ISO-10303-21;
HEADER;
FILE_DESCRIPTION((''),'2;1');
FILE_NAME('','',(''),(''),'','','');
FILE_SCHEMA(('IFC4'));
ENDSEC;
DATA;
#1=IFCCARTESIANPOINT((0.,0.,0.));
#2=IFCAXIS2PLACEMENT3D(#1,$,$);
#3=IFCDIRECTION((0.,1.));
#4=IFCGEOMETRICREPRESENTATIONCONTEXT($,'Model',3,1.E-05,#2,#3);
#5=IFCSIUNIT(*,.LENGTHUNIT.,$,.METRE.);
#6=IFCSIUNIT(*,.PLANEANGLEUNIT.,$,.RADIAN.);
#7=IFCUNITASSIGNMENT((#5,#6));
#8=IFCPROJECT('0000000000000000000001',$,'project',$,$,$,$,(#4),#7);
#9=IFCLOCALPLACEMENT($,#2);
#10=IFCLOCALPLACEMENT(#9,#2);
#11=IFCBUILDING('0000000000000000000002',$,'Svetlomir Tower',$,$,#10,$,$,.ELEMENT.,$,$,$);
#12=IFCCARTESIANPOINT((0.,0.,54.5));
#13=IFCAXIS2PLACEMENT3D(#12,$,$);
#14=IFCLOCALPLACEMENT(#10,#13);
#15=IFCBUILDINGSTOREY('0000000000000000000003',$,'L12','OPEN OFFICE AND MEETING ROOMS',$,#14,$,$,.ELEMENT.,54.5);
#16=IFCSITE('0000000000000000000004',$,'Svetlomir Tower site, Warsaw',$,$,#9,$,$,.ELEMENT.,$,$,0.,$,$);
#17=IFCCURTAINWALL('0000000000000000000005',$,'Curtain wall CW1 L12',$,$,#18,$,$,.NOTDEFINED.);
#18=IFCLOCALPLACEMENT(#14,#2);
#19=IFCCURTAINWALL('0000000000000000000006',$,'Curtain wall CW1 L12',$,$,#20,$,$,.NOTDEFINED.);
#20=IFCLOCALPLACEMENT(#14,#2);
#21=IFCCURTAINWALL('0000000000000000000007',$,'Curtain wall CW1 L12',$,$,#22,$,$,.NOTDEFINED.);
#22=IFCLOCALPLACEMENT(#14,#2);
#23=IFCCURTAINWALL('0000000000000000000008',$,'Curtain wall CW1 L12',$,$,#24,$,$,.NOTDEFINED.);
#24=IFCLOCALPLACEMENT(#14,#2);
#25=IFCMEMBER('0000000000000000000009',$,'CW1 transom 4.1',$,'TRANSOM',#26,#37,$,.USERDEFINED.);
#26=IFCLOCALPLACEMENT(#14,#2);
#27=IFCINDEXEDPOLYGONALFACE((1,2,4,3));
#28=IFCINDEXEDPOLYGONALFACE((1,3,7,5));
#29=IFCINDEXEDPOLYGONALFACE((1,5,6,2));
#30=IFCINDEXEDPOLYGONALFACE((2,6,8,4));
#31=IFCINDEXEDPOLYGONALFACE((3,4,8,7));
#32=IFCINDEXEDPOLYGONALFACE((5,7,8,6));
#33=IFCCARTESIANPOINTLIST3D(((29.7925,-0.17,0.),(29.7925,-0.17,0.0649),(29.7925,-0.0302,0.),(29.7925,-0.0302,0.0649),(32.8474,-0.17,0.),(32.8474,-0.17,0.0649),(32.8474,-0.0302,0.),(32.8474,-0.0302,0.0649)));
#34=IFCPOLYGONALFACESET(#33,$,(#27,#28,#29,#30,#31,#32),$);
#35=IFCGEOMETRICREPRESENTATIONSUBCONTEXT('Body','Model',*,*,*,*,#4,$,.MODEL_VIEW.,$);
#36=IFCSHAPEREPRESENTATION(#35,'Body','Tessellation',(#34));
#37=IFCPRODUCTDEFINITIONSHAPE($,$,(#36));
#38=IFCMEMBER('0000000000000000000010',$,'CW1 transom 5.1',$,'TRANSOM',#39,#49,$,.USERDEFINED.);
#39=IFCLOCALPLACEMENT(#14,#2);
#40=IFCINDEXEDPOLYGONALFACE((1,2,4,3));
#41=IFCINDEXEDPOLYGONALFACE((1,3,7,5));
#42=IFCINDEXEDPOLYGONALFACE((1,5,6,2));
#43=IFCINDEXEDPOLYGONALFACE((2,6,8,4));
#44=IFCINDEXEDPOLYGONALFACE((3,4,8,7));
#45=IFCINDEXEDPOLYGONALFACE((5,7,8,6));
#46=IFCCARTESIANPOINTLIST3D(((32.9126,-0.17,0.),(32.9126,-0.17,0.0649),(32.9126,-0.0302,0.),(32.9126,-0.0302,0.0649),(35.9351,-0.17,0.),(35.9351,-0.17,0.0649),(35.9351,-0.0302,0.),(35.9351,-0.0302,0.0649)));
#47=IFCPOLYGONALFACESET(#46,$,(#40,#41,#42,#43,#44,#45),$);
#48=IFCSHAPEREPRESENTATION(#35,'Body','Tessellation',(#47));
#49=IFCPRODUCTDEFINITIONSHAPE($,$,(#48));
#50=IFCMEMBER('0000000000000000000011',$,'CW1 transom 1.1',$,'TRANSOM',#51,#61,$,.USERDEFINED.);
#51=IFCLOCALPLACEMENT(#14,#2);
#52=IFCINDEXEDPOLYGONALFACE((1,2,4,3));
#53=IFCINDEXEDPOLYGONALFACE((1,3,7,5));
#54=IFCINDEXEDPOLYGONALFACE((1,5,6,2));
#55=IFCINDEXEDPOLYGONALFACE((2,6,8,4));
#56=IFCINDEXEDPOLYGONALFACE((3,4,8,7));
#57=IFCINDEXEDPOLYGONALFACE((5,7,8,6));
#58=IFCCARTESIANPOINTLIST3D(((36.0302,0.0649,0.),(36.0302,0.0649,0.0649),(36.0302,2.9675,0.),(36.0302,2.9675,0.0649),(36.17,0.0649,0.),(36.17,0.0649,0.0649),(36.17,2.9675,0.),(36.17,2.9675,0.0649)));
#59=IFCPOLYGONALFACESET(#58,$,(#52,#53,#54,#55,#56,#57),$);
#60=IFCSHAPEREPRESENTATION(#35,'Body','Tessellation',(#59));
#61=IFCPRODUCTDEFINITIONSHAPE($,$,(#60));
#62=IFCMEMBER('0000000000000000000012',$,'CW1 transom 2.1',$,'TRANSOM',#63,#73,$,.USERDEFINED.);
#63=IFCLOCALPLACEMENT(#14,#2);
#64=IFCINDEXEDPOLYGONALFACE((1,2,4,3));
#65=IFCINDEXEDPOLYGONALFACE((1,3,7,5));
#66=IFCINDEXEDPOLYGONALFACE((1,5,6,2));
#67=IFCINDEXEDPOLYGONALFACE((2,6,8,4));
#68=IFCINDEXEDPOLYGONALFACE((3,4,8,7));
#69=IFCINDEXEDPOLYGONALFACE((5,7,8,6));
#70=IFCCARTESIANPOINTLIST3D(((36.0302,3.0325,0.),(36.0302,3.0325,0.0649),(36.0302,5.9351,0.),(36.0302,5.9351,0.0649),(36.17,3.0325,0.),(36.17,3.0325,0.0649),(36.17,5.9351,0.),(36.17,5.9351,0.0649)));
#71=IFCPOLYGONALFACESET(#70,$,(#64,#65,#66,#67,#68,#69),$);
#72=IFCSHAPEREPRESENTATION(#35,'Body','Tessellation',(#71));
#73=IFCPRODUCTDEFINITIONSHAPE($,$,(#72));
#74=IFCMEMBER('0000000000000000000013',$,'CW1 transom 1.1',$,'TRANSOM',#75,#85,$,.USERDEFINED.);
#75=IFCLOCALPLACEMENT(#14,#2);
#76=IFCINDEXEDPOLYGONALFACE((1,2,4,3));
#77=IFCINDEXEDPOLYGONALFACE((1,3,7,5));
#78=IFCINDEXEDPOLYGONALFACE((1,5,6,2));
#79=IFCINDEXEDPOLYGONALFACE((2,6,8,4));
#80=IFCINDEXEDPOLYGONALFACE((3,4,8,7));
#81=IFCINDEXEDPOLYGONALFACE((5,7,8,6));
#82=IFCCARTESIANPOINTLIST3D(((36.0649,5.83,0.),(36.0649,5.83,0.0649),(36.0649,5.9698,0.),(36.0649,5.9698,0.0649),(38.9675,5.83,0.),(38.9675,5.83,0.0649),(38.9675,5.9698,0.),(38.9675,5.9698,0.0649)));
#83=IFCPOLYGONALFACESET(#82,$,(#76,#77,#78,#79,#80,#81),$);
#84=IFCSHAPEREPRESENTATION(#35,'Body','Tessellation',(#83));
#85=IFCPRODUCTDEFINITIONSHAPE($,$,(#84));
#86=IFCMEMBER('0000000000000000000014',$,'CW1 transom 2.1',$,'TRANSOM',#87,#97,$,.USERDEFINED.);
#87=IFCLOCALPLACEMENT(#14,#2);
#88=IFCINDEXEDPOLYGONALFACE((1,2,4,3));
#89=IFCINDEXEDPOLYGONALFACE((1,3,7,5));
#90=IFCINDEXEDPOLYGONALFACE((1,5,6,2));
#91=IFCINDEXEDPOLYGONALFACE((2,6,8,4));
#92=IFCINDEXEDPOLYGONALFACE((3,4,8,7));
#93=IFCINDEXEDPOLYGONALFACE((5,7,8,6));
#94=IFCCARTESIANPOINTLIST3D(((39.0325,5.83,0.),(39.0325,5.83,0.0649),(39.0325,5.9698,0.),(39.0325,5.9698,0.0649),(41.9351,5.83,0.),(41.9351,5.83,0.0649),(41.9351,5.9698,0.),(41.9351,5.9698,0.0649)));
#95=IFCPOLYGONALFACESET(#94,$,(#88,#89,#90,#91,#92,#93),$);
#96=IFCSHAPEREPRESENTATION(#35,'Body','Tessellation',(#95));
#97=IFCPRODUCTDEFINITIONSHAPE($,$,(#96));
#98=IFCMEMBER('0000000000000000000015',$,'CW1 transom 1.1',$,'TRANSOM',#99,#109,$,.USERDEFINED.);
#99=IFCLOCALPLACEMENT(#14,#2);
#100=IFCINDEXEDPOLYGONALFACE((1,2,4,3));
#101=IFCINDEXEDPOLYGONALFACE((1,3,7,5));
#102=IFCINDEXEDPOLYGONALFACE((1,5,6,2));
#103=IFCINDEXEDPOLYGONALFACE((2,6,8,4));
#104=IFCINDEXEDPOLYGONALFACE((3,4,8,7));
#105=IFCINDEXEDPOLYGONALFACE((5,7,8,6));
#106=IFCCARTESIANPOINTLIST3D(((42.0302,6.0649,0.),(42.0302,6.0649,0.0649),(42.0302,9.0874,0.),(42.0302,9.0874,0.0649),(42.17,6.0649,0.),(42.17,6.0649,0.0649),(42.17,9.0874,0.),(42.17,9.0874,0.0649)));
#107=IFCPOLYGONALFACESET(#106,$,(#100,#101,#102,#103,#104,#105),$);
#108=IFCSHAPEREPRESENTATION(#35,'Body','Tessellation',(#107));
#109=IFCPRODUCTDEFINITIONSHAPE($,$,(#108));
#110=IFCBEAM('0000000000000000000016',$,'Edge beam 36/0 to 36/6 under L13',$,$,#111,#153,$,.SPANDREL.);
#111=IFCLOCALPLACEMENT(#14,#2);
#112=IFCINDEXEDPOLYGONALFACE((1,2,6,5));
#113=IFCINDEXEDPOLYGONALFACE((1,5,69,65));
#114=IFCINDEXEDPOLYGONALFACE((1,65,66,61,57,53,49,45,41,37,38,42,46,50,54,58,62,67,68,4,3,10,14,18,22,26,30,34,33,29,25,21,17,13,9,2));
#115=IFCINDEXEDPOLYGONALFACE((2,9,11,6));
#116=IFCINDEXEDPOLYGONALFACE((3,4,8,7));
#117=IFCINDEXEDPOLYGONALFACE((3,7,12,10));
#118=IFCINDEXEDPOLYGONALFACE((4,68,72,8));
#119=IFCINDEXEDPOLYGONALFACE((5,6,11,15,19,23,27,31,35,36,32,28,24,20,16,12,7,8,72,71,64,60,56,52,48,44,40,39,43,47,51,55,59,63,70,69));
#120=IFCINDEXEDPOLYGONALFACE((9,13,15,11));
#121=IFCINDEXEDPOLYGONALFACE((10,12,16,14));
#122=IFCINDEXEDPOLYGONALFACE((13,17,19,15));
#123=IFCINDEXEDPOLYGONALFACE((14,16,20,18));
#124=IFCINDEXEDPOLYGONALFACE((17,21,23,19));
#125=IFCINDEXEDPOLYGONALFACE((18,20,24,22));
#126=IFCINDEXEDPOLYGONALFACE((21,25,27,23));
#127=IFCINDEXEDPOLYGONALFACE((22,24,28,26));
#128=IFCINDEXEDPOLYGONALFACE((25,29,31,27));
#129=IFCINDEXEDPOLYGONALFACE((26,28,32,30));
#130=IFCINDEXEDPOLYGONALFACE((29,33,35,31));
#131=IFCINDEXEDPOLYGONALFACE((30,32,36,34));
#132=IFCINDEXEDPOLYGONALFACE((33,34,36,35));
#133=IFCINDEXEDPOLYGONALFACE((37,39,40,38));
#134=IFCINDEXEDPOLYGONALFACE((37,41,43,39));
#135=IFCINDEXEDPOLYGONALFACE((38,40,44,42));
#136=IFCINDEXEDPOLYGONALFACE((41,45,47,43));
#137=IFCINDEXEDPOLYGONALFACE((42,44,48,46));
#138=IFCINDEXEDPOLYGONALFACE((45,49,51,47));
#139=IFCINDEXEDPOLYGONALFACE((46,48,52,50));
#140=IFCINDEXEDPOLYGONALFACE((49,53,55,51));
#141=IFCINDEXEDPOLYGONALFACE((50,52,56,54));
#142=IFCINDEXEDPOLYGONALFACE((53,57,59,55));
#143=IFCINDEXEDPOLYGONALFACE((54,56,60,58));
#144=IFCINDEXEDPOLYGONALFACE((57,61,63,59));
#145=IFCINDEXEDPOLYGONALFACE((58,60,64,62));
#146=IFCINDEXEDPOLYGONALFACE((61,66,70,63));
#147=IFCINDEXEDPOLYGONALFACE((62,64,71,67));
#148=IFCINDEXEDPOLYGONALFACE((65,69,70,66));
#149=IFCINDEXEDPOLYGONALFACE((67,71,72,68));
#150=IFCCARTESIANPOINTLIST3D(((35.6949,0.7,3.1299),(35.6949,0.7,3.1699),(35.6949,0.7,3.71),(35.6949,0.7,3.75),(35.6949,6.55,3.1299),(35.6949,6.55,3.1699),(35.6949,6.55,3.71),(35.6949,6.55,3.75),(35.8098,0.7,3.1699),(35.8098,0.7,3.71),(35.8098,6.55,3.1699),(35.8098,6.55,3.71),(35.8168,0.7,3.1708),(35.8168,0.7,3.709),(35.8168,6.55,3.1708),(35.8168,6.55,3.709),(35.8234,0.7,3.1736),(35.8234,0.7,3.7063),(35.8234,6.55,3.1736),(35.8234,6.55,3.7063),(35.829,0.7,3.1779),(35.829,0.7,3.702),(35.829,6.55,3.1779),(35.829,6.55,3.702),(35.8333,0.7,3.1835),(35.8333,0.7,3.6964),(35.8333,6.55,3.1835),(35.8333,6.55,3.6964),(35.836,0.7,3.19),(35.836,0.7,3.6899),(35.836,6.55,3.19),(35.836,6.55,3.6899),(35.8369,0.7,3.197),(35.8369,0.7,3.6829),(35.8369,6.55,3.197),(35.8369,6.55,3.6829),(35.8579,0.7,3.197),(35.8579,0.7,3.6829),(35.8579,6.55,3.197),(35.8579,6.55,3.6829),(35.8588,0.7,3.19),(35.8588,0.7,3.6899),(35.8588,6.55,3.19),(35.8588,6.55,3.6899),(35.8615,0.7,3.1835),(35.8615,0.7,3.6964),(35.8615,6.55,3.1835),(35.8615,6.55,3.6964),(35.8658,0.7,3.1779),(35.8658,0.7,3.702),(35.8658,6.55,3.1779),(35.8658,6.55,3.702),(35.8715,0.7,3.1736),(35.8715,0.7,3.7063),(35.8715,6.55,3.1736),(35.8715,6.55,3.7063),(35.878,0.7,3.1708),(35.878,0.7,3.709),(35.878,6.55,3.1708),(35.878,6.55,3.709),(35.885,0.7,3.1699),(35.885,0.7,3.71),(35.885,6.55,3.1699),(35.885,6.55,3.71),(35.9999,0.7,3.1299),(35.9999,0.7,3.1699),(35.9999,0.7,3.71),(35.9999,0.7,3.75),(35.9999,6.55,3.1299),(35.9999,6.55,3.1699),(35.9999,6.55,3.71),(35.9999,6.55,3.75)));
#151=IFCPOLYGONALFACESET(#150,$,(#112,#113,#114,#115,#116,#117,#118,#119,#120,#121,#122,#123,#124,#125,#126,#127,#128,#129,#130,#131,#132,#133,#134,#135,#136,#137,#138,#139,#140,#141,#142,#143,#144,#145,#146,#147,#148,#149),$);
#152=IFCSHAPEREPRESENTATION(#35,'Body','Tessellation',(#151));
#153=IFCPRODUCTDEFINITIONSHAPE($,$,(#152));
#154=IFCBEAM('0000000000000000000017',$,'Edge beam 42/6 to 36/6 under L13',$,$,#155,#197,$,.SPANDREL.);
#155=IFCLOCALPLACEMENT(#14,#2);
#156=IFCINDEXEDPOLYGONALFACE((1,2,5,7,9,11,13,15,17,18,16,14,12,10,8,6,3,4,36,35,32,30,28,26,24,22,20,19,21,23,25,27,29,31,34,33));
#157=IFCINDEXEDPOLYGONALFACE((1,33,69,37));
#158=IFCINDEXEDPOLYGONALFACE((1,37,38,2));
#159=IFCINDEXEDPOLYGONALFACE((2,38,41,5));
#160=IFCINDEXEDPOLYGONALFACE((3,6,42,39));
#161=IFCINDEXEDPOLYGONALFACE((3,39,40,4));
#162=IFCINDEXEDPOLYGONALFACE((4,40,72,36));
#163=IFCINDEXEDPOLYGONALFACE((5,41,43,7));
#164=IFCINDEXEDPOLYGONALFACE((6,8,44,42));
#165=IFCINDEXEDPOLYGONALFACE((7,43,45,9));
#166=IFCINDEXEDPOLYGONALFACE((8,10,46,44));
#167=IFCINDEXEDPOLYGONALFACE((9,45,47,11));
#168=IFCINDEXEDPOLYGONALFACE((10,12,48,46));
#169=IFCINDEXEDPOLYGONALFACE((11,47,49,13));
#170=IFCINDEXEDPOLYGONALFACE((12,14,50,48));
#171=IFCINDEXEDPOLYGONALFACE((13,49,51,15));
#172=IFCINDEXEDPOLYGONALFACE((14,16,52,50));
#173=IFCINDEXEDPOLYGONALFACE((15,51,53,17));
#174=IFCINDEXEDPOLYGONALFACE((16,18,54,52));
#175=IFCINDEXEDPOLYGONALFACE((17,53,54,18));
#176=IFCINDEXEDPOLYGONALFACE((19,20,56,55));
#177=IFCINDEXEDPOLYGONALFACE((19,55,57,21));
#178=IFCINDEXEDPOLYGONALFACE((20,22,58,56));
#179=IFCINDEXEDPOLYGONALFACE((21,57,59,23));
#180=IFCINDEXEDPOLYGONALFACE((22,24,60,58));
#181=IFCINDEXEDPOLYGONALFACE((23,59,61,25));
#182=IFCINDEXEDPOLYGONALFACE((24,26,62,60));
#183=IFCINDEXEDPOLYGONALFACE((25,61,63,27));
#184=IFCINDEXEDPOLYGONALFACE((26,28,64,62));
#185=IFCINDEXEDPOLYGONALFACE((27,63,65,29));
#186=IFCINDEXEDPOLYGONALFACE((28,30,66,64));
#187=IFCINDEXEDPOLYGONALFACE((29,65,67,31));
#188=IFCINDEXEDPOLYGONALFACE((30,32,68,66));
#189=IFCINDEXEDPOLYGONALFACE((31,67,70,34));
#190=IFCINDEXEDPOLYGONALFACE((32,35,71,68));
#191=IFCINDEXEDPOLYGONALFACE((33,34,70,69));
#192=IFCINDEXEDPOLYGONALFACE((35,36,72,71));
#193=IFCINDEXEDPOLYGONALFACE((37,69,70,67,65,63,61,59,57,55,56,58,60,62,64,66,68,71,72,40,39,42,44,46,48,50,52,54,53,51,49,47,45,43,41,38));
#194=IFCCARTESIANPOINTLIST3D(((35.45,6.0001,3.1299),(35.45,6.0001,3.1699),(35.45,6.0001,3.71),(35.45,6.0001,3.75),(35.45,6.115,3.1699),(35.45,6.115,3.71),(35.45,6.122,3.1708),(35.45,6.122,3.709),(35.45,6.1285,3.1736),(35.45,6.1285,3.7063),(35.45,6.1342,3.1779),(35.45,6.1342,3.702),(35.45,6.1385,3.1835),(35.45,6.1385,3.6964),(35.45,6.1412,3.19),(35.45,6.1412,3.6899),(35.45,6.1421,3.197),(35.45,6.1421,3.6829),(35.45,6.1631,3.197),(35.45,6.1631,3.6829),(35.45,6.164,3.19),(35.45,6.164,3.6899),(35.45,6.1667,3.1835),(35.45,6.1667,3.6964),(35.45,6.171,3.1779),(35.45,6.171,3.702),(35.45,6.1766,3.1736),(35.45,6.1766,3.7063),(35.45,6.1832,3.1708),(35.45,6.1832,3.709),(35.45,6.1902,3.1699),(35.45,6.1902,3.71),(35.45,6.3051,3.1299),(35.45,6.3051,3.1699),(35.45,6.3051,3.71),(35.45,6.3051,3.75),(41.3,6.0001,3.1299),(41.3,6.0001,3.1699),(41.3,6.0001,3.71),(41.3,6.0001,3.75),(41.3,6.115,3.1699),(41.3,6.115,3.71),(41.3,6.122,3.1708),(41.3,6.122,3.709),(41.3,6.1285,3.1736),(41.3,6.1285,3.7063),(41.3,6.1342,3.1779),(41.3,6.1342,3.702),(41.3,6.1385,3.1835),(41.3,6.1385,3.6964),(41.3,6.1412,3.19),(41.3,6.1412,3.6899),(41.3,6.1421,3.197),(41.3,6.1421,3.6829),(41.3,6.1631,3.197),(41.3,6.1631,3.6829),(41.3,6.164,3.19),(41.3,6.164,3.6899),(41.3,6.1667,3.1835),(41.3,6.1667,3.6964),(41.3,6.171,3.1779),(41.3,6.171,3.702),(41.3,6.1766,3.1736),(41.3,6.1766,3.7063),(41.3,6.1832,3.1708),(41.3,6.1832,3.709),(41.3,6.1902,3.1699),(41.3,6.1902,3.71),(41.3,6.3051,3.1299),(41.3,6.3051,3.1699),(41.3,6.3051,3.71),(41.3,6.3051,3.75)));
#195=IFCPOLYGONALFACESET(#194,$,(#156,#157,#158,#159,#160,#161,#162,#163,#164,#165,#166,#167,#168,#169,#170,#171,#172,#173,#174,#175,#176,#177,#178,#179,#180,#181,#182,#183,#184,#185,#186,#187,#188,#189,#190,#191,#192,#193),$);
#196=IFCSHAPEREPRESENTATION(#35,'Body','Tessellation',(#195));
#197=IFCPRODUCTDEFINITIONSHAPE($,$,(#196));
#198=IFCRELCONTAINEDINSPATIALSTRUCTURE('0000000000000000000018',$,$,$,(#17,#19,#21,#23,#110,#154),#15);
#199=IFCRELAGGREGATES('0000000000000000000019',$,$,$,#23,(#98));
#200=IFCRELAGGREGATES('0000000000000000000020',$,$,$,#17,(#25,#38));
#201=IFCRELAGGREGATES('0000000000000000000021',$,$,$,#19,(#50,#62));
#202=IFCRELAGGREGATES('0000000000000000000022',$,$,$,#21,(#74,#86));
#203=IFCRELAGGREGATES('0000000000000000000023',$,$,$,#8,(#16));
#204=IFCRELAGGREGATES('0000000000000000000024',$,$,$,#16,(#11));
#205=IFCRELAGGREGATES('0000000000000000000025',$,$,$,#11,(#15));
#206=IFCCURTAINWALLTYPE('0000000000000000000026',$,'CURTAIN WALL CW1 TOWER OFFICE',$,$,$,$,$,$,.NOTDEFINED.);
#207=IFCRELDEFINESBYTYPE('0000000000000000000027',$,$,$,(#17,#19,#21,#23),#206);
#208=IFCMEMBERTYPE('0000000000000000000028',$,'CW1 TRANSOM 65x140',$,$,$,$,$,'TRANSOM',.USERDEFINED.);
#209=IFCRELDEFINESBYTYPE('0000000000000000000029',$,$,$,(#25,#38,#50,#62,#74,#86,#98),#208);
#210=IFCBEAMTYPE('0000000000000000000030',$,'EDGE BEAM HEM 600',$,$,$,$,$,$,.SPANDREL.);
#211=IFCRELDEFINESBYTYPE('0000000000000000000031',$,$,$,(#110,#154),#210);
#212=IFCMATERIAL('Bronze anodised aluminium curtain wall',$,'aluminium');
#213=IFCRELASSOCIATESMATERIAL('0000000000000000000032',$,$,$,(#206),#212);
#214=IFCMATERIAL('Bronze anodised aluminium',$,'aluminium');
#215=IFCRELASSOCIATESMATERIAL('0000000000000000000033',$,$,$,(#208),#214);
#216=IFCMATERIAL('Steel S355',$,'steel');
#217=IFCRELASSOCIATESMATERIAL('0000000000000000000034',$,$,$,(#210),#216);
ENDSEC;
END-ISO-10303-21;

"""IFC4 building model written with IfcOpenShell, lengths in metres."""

from ifc_helpers import new_model, si_unit, direction, frame, origin, origin_2d, place, context, subcontext, project, spatial, rectangle, i_section, extrude, material, material_profile, profile_set, type_object, element, aggregate, save


model = new_model("IFC4")

# Units and contexts
model_context = context("Model", 3, precision=1e-05, world=origin(), true_north=direction((0.0, 1.0)))
body_context = subcontext(model_context, "Body", "Model", "MODEL_VIEW")
ifc_project = project(units=[si_unit("LENGTHUNIT", "METRE"), si_unit("PLANEANGLEUNIT", "RADIAN")], contexts=[model_context])

# Site, building, storey
site_placement = place(None, origin())
site = spatial("IfcSite", under=ifc_project, at=site_placement, Name="Svetlomir Tower site, Warsaw", CompositionType="ELEMENT", RefElevation=0.0)
building_placement = place(site_placement, origin())
building = spatial("IfcBuilding", under=site, at=building_placement, Name="Svetlomir Tower", CompositionType="ELEMENT")
storey_placement = place(building_placement, frame((0.0, 0.0, 54.5)))
storey = spatial("IfcBuildingStorey", under=building, at=storey_placement, Name="L12", Description="OPEN OFFICE AND MEETING ROOMS", CompositionType="ELEMENT", Elevation=54.5)

# Curtain walls
ifc_material_1 = material(Name="Bronze anodised aluminium curtain wall", Category="aluminium")
curtain_wall_type = type_object("IfcCurtainWallType", Name="CURTAIN WALL CW1 TOWER OFFICE", PredefinedType="NOTDEFINED", material=ifc_material_1)
curtain_wall_1_placement = place(storey_placement, origin())
curtain_wall_1 = element("IfcCurtainWall", 1, at=curtain_wall_1_placement, inside=storey, type_object=curtain_wall_type, Name="Curtain wall CW1 L12", PredefinedType="NOTDEFINED")
curtain_wall_2_placement = place(storey_placement, origin())
curtain_wall_2 = element("IfcCurtainWall", 2, at=curtain_wall_2_placement, inside=storey, type_object=curtain_wall_type, Name="Curtain wall CW1 L12", PredefinedType="NOTDEFINED")
curtain_wall_3_placement = place(storey_placement, origin())
curtain_wall_3 = element("IfcCurtainWall", 3, at=curtain_wall_3_placement, inside=storey, type_object=curtain_wall_type, Name="Curtain wall CW1 L12", PredefinedType="NOTDEFINED")

# Curtain wall
curtain_wall_4_placement = place(storey_placement, origin())
curtain_wall_4 = element("IfcCurtainWall", 4, at=curtain_wall_4_placement, inside=storey, type_object=curtain_wall_type, Name="Curtain wall CW1 L12", PredefinedType="NOTDEFINED")

# Members
ifc_material_2 = material(Name="Bronze anodised aluminium", Category="aluminium")
ifc_material_profile_1 = material_profile(ifc_material_2, rectangle(XDim=0.1399, YDim=0.0649, at=origin_2d()), Name="AL 140x65")
ifc_profile_set_1 = profile_set([ifc_material_profile_1], Name="Bronze anodised aluminium 6063-T6")
member_type_1 = type_object("IfcMemberType", Name="CW1 TRANSOM 65x140", ElementType="TRANSOM", PredefinedType="USERDEFINED", material=ifc_profile_set_1)
member_1_placement = place(storey_placement, frame((29.7925, -0.1001, 0.0325), z_axis=(1.0, 0.0, 0.0), x_axis=(0.0, 1.0, 0.0)))
member_1 = element("IfcMember", 5, at=member_1_placement, type_object=member_type_1, Name="CW1 transom 4.1", ObjectType="TRANSOM", PredefinedType="USERDEFINED", context=body_context, shape_type="SweptSolid", body=[
    extrude(rectangle(XDim=0.1399, YDim=0.0649, at=origin_2d()), origin(), (0.0, 0.0, 1.0), 3.0549),
])
member_2_placement = place(storey_placement, frame((32.9126, -0.1001, 0.0325), z_axis=(1.0, 0.0, 0.0), x_axis=(0.0, 1.0, 0.0)))
member_2 = element("IfcMember", 6, at=member_2_placement, type_object=member_type_1, Name="CW1 transom 5.1", ObjectType="TRANSOM", PredefinedType="USERDEFINED", context=body_context, shape_type="SweptSolid", body=[
    extrude(rectangle(XDim=0.1399, YDim=0.0649, at=origin_2d()), origin(), (0.0, 0.0, 1.0), 3.0225),
])
member_3_placement = place(storey_placement, frame((36.1001, 0.0649, 0.0325), z_axis=(0.0, 1.0, 0.0), x_axis=(-1.0, 0.0, 0.0)))
member_3 = element("IfcMember", 7, at=member_3_placement, type_object=member_type_1, Name="CW1 transom 1.1", ObjectType="TRANSOM", PredefinedType="USERDEFINED", context=body_context, shape_type="SweptSolid", body=[
    extrude(rectangle(XDim=0.1399, YDim=0.0649, at=origin_2d()), origin(), (0.0, 0.0, 1.0), 2.9026),
])
member_4_placement = place(storey_placement, frame((36.1001, 3.0325, 0.0325), z_axis=(0.0, 1.0, 0.0), x_axis=(-1.0, 0.0, 0.0)))
member_4 = element("IfcMember", 8, at=member_4_placement, type_object=member_type_1, Name="CW1 transom 2.1", ObjectType="TRANSOM", PredefinedType="USERDEFINED", context=body_context, shape_type="SweptSolid", body=[
    extrude(rectangle(XDim=0.1399, YDim=0.0649, at=origin_2d()), origin(), (0.0, 0.0, 1.0), 2.9026),
])
member_5_placement = place(storey_placement, frame((36.0649, 5.8999, 0.0325), z_axis=(1.0, 0.0, 0.0), x_axis=(0.0, 1.0, 0.0)))
member_5 = element("IfcMember", 9, at=member_5_placement, type_object=member_type_1, Name="CW1 transom 1.1", ObjectType="TRANSOM", PredefinedType="USERDEFINED", context=body_context, shape_type="SweptSolid", body=[
    extrude(rectangle(XDim=0.1399, YDim=0.0649, at=origin_2d()), origin(), (0.0, 0.0, 1.0), 2.9026),
])
member_6_placement = place(storey_placement, frame((39.0325, 5.8999, 0.0325), z_axis=(1.0, 0.0, 0.0), x_axis=(0.0, 1.0, 0.0)))
member_6 = element("IfcMember", 10, at=member_6_placement, type_object=member_type_1, Name="CW1 transom 2.1", ObjectType="TRANSOM", PredefinedType="USERDEFINED", context=body_context, shape_type="SweptSolid", body=[
    extrude(rectangle(XDim=0.1399, YDim=0.0649, at=origin_2d()), origin(), (0.0, 0.0, 1.0), 2.9026),
])
member_7_placement = place(storey_placement, frame((42.1001, 6.0649, 0.0325), z_axis=(0.0, 1.0, 0.0), x_axis=(-1.0, 0.0, 0.0)))
member_7 = element("IfcMember", 11, at=member_7_placement, type_object=member_type_1, Name="CW1 transom 1.1", ObjectType="TRANSOM", PredefinedType="USERDEFINED", context=body_context, shape_type="SweptSolid", body=[
    extrude(rectangle(XDim=0.1399, YDim=0.0649, at=origin_2d()), origin(), (0.0, 0.0, 1.0), 3.0225),
])
aggregate(curtain_wall_4, [member_7])

# Beams
ifc_material_3 = material(Name="Steel S355", Category="steel")
ifc_material_profile_2 = material_profile(ifc_material_3, i_section(OverallWidth=0.3049, OverallDepth=0.6201, WebThickness=0.021, FlangeThickness=0.04, FilletRadius=0.0271, at=origin_2d()), Name="HEM 600")
ifc_profile_set_2 = profile_set([ifc_material_profile_2], Name="Steel S355")
beam_type = type_object("IfcBeamType", Name="EDGE BEAM HEM 600", PredefinedType="SPANDREL", material=ifc_profile_set_2)
for number, where, z_axis, x_axis, name in (
    (12, (35.8474, 0.7, 3.4399), (0.0, 1.0, 0.0), (-1.0, 0.0, 0.0), "Edge beam 36/0 to 36/6 under L13"),
    (13, (41.3, 6.1526, 3.4399), (-1.0, 0.0, 0.0), (0.0, -1.0, 0.0), "Edge beam 42/6 to 36/6 under L13"),
):
    element("IfcBeam", number, at=place(storey_placement, frame(where, z_axis=z_axis, x_axis=x_axis)), inside=storey, type_object=beam_type, Name=name, PredefinedType="SPANDREL", context=body_context, shape_type="SweptSolid", body=[
        extrude(i_section(OverallWidth=0.3049, OverallDepth=0.6201, WebThickness=0.021, FlangeThickness=0.04, FilletRadius=0.0271, at=origin_2d()), origin(), (0.0, 0.0, 1.0), 5.8501),
    ])

aggregate(curtain_wall_1, [member_1, member_2])
aggregate(curtain_wall_2, [member_3, member_4])
aggregate(curtain_wall_3, [member_5, member_6])

save(model, "model.ifc")
